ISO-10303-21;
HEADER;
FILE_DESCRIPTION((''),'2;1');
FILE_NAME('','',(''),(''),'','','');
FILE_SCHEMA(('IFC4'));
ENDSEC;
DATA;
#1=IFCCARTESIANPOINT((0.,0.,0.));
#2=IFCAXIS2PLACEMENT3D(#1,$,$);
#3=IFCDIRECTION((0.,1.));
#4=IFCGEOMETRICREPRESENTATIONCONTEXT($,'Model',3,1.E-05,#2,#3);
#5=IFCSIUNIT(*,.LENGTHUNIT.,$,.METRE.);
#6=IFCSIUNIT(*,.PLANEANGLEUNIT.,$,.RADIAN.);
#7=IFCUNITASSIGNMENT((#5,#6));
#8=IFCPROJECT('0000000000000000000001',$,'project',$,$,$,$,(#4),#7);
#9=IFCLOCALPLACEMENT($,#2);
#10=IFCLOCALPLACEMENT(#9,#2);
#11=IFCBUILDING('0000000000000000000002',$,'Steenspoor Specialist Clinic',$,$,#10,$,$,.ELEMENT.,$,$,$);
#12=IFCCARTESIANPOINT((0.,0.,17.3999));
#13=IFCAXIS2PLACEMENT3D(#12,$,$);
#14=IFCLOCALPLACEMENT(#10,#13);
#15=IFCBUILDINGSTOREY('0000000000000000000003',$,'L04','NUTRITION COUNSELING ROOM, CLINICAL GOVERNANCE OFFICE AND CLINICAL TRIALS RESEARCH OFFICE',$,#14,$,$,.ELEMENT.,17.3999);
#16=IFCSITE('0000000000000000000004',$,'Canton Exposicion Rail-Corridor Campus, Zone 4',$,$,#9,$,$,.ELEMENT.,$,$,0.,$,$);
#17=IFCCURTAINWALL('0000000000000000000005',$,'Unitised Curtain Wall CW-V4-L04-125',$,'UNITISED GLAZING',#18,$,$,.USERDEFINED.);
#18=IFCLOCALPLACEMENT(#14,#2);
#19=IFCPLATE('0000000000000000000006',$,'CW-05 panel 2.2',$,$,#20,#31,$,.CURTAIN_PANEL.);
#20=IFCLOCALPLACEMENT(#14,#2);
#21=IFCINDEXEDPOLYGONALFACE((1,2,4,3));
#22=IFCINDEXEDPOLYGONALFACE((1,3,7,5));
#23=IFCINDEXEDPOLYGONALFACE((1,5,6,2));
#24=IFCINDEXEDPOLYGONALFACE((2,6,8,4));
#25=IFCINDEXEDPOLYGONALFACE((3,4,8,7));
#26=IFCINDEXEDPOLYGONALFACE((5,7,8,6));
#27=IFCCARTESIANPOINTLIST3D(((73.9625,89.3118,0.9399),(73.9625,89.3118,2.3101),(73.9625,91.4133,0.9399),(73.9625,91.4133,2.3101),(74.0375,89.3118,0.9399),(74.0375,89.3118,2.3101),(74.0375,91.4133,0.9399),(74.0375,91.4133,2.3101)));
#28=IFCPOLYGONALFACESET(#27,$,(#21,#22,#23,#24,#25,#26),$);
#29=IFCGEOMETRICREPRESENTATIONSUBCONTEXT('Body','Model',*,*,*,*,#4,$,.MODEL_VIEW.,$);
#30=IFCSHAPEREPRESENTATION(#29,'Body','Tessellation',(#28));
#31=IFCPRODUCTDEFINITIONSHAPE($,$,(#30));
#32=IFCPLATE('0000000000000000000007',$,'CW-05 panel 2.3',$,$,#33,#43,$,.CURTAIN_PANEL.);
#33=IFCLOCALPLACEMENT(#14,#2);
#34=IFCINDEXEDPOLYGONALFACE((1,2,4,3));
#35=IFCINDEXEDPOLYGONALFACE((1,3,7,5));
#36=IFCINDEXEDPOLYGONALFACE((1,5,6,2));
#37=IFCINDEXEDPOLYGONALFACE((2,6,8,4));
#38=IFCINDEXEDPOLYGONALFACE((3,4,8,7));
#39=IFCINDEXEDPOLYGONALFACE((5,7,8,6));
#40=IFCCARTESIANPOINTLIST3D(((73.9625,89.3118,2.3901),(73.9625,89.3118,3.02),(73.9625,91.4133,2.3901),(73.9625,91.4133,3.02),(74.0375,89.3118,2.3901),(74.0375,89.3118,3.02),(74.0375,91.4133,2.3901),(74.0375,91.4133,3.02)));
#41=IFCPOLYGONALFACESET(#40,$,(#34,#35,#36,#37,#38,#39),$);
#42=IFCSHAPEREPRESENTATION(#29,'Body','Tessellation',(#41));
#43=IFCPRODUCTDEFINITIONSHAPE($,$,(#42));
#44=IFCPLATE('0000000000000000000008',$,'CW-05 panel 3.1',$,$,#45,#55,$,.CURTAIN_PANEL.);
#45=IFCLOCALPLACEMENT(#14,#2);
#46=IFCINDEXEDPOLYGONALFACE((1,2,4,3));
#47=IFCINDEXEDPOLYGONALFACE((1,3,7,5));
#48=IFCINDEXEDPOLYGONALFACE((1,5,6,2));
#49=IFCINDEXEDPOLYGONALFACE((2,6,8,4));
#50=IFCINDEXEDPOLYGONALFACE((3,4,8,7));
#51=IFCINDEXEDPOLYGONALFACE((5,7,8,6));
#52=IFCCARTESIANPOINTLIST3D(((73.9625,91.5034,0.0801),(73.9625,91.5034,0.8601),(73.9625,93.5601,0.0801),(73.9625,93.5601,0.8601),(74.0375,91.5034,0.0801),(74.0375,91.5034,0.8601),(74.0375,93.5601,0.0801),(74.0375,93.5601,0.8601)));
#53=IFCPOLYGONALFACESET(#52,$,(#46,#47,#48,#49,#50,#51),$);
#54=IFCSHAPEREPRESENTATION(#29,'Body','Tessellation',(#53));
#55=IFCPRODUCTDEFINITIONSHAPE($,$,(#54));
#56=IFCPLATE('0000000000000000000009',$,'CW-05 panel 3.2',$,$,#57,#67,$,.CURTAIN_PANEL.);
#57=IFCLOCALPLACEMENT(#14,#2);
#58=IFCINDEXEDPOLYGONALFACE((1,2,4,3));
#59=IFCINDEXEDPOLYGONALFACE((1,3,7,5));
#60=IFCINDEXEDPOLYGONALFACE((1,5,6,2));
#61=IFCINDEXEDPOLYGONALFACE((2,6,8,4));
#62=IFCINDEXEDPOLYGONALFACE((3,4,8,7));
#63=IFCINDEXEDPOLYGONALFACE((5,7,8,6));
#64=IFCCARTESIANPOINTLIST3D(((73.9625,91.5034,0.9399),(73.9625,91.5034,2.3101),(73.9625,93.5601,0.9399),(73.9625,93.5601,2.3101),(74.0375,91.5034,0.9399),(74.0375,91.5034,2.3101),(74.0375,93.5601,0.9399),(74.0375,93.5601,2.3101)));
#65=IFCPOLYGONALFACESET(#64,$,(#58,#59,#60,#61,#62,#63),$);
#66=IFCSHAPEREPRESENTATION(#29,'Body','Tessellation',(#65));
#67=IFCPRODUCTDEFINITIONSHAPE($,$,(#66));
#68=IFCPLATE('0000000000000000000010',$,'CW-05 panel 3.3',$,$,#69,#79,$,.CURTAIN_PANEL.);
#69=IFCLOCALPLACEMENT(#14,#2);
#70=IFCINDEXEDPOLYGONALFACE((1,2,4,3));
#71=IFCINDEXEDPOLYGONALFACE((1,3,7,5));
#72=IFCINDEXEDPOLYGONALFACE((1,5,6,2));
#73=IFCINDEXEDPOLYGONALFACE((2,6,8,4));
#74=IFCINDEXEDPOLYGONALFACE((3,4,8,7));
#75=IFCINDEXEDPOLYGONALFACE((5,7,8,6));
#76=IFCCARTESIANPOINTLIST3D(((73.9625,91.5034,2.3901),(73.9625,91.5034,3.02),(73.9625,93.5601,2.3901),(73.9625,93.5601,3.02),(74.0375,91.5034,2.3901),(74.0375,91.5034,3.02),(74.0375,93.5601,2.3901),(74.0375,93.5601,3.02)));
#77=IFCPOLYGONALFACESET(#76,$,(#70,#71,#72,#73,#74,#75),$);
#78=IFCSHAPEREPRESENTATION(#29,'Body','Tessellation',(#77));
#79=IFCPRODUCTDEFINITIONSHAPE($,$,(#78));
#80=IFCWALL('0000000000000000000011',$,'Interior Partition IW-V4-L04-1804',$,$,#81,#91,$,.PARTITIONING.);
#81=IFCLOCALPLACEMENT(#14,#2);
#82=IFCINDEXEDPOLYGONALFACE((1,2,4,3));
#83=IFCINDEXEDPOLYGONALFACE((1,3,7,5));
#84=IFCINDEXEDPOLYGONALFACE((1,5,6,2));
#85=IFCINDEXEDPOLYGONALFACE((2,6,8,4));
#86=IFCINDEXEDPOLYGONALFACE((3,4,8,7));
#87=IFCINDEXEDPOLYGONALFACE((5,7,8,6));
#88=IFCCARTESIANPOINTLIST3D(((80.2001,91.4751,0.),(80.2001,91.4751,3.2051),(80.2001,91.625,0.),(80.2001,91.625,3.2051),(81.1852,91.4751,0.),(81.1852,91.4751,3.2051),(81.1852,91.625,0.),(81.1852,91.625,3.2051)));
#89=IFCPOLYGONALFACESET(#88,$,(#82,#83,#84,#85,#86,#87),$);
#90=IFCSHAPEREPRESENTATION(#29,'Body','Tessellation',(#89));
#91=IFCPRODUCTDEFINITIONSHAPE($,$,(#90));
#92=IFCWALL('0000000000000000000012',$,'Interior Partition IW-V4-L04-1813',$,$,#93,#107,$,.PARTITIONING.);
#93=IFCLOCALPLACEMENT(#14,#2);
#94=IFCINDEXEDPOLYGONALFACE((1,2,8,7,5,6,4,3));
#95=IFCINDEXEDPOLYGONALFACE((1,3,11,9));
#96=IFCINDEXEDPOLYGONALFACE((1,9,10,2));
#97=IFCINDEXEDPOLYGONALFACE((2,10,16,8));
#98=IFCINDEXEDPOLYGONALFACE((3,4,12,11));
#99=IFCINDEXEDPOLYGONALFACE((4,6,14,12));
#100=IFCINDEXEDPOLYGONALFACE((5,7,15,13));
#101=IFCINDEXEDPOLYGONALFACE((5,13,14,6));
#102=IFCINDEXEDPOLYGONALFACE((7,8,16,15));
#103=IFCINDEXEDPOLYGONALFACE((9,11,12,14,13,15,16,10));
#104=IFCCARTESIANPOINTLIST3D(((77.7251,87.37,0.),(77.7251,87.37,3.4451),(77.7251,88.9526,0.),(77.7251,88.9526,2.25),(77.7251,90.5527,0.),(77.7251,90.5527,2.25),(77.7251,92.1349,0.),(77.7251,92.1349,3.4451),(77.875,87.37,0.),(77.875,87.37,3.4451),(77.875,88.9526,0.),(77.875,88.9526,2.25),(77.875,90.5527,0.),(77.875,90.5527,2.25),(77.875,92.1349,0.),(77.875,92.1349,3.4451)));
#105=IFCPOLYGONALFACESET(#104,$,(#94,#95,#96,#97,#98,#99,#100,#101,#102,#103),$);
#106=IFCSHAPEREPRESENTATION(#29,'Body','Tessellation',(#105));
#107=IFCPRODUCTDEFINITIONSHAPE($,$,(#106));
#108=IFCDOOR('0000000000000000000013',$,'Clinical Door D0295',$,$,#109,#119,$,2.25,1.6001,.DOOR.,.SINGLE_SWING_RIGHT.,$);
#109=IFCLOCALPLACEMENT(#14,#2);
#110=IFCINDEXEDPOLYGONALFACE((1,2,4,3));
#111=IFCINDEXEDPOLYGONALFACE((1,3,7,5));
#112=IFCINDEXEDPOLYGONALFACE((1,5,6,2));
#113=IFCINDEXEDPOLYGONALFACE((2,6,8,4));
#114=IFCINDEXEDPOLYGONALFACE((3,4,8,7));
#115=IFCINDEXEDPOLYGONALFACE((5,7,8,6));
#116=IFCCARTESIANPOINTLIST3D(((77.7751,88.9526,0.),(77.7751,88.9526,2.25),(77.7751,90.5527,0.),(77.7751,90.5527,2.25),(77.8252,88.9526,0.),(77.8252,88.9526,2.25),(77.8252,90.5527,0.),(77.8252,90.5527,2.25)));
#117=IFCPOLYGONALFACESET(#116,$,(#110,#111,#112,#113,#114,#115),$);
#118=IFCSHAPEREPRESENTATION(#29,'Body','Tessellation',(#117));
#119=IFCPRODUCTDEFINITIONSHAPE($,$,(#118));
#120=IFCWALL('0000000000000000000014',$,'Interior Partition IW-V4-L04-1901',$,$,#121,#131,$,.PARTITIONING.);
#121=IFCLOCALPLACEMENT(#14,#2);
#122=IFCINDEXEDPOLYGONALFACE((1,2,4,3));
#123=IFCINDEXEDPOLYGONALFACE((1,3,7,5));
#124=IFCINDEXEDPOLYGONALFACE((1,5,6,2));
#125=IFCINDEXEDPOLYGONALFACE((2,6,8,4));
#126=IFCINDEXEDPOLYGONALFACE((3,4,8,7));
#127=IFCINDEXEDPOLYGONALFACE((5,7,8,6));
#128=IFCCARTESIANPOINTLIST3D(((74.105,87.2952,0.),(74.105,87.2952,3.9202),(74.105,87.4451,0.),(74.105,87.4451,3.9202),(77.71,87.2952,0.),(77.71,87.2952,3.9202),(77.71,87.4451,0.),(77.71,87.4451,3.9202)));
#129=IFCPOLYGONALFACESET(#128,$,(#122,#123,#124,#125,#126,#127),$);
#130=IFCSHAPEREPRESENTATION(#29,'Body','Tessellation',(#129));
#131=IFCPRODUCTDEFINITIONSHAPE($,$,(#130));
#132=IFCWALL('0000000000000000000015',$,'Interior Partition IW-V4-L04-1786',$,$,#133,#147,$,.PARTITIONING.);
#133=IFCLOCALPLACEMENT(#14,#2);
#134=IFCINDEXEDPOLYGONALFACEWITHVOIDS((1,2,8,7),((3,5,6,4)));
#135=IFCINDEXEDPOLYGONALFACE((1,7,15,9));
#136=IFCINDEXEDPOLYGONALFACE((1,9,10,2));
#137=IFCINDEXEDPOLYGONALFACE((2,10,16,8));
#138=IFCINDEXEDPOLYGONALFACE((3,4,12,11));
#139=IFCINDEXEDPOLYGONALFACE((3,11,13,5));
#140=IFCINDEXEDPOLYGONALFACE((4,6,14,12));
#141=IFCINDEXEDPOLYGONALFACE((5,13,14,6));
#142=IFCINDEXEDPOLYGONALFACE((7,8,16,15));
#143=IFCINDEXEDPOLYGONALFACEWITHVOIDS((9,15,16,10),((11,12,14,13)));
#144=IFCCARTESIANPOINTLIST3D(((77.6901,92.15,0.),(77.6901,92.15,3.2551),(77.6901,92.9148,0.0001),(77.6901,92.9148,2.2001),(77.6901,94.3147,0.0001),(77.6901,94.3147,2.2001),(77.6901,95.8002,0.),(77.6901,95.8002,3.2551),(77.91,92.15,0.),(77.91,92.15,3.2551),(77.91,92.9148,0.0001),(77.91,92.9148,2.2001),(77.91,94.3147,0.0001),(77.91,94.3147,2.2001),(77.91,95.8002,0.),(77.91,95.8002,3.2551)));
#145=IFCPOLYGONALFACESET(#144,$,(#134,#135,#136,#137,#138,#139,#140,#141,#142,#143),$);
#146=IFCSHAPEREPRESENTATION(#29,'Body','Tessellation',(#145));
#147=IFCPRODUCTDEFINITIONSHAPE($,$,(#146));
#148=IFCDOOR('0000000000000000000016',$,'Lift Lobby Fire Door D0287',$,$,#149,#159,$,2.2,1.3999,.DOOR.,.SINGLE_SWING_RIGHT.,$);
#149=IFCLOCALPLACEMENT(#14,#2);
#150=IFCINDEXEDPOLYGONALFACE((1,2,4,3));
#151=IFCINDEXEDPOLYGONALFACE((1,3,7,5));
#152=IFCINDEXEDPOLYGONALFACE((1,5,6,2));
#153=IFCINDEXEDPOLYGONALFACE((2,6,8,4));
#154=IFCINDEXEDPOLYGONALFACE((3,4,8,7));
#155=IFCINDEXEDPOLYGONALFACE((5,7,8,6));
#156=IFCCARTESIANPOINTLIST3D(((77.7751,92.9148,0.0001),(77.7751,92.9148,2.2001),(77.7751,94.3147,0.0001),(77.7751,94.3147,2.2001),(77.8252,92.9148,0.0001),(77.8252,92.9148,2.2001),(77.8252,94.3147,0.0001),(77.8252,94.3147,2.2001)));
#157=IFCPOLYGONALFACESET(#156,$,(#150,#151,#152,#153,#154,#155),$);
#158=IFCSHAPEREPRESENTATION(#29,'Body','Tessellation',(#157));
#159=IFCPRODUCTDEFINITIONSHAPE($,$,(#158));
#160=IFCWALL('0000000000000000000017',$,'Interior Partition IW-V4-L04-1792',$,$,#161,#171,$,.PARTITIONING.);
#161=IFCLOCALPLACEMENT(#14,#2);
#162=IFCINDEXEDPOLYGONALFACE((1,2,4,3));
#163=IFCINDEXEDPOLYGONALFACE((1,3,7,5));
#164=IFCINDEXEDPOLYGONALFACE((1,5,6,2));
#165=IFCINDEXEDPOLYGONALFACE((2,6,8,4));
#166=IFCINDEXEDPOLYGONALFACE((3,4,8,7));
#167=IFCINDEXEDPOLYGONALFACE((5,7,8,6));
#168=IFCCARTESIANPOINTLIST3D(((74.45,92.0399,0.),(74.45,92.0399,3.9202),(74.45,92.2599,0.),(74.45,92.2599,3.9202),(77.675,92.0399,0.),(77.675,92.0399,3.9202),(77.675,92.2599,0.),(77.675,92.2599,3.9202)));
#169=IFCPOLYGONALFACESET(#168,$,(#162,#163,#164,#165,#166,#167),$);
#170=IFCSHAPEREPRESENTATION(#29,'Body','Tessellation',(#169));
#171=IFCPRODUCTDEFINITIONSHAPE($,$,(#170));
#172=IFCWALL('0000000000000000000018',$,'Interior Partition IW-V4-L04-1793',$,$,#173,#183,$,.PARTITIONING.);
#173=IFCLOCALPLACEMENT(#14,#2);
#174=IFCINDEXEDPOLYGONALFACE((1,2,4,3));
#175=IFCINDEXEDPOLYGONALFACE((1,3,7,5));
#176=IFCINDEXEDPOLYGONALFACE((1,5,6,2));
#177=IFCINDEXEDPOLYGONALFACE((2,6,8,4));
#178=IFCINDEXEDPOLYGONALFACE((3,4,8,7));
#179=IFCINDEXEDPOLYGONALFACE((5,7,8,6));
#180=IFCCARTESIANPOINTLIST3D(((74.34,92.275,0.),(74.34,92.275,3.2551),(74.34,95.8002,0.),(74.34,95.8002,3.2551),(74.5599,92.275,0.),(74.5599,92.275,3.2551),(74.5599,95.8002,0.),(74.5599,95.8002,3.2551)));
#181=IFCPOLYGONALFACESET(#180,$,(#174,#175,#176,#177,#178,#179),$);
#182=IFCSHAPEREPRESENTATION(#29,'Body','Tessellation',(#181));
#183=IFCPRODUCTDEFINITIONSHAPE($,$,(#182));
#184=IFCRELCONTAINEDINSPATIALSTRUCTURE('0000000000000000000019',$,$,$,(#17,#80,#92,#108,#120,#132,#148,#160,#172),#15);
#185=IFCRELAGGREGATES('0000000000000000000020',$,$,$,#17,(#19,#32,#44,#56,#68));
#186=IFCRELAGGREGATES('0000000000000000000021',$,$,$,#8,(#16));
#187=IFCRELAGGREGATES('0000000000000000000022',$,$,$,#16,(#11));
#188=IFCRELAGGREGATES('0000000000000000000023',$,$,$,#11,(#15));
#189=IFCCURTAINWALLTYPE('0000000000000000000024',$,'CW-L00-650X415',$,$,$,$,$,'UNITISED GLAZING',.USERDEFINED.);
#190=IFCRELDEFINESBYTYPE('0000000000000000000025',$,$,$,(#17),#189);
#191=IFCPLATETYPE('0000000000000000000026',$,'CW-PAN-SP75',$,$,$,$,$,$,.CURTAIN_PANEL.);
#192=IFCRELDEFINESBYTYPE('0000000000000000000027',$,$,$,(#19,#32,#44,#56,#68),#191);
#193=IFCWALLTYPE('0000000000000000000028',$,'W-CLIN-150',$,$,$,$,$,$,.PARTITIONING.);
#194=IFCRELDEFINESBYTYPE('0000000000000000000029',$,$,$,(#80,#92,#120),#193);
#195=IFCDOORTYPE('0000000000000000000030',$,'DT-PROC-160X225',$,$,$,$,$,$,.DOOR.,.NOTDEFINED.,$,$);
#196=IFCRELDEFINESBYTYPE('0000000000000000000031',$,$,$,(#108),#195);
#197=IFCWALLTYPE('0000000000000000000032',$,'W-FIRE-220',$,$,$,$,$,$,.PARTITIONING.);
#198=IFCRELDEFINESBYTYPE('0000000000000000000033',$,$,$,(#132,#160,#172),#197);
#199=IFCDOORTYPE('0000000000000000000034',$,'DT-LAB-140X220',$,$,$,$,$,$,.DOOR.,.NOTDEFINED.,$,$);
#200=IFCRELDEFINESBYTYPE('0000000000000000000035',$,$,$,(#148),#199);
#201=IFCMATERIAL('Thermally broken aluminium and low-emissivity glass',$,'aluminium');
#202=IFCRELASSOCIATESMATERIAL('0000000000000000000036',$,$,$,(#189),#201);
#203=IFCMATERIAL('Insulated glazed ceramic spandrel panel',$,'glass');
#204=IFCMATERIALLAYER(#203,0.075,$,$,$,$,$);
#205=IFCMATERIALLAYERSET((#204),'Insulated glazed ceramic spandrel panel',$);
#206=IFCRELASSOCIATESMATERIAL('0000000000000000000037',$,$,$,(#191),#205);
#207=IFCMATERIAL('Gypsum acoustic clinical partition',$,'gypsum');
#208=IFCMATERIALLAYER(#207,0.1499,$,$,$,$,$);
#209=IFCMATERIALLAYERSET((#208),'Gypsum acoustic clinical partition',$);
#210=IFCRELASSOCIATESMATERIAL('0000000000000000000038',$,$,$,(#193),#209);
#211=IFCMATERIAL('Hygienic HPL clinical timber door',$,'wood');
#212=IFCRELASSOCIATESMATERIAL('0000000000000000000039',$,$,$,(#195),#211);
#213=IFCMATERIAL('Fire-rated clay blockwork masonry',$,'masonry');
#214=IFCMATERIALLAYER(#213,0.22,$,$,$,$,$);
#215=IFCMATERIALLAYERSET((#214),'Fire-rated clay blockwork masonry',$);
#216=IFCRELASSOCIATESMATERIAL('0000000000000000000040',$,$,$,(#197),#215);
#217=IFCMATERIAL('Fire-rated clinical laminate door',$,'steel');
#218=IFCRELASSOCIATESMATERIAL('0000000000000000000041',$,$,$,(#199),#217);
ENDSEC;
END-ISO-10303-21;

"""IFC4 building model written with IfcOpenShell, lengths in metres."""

from ifc_helpers import new_model, si_unit, direction, frame, frame_2d, origin, origin_2d, place, context, subcontext, project, spatial, rectangle, extrude, material, layer, layer_set, type_object, element, fill, aggregate, save


model = new_model("IFC4")

# Units and contexts
model_context = context("Model", 3, precision=1e-05, world=origin(), true_north=direction((0.0, 1.0)))
body_context = subcontext(model_context, "Body", "Model", "MODEL_VIEW")
ifc_project = project(units=[si_unit("LENGTHUNIT", "METRE"), si_unit("PLANEANGLEUNIT", "RADIAN")], contexts=[model_context])

# Site, building, storey
site_placement = place(None, origin())
site = spatial("IfcSite", under=ifc_project, at=site_placement, Name="Canton Exposicion Rail-Corridor Campus, Zone 4", CompositionType="ELEMENT", RefElevation=0.0)
building_placement = place(site_placement, origin())
building = spatial("IfcBuilding", under=site, at=building_placement, Name="Steenspoor Specialist Clinic", CompositionType="ELEMENT")
storey_placement = place(building_placement, frame((0.0, 0.0, 17.3999)))
storey = spatial("IfcBuildingStorey", under=building, at=storey_placement, Name="L04", Description="NUTRITION COUNSELING ROOM, CLINICAL GOVERNANCE OFFICE AND CLINICAL TRIALS RESEARCH OFFICE", CompositionType="ELEMENT", Elevation=17.3999)

# Curtain wall
ifc_material_1 = material(Name="Thermally broken aluminium and low-emissivity glass", Category="aluminium")
curtain_wall_type = type_object("IfcCurtainWallType", Name="CW-L00-650X415", ElementType="UNITISED GLAZING", PredefinedType="USERDEFINED", material=ifc_material_1)
curtain_wall_placement = place(storey_placement, origin())
curtain_wall = element("IfcCurtainWall", 1, at=curtain_wall_placement, inside=storey, type_object=curtain_wall_type, Name="Unitised Curtain Wall CW-V4-L04-125", ObjectType="UNITISED GLAZING", PredefinedType="USERDEFINED")

# Plates
ifc_material_2 = material(Name="Insulated glazed ceramic spandrel panel", Category="glass")
ifc_layer_1 = layer(ifc_material_2, 0.075)
ifc_layer_set_1 = layer_set([ifc_layer_1], Name="Insulated glazed ceramic spandrel panel")
plate_type = type_object("IfcPlateType", Name="CW-PAN-SP75", PredefinedType="CURTAIN_PANEL", material=ifc_layer_set_1)
plate_1_placement = place(storey_placement, frame((74.0, 90.3625, 0.9399), z_axis=(0.0, 0.0, 1.0), x_axis=(0.0, 1.0, 0.0)))
plate_1 = element("IfcPlate", 2, at=plate_1_placement, type_object=plate_type, Name="CW-05 panel 2.2", PredefinedType="CURTAIN_PANEL", context=body_context, shape_type="SweptSolid", body=[
    extrude(rectangle(XDim=2.1016, YDim=0.075, at=origin_2d()), origin(), (0.0, 0.0, 1.0), 1.3701),
])
plate_2_placement = place(storey_placement, frame((74.0, 90.3625, 2.3901), z_axis=(0.0, 0.0, 1.0), x_axis=(0.0, 1.0, 0.0)))
plate_2 = element("IfcPlate", 3, at=plate_2_placement, type_object=plate_type, Name="CW-05 panel 2.3", PredefinedType="CURTAIN_PANEL", context=body_context, shape_type="SweptSolid", body=[
    extrude(rectangle(XDim=2.1016, YDim=0.075, at=origin_2d()), origin(), (0.0, 0.0, 1.0), 0.6299),
])
plate_3_placement = place(storey_placement, frame((74.0, 92.5317, 0.0801), z_axis=(0.0, 0.0, 1.0), x_axis=(0.0, 1.0, 0.0)))
plate_3 = element("IfcPlate", 4, at=plate_3_placement, type_object=plate_type, Name="CW-05 panel 3.1", PredefinedType="CURTAIN_PANEL", context=body_context, shape_type="SweptSolid", body=[
    extrude(rectangle(XDim=2.0566, YDim=0.075, at=origin_2d()), origin(), (0.0, 0.0, 1.0), 0.78),
])
plate_4_placement = place(storey_placement, frame((74.0, 92.5317, 0.9399), z_axis=(0.0, 0.0, 1.0), x_axis=(0.0, 1.0, 0.0)))
plate_4 = element("IfcPlate", 5, at=plate_4_placement, type_object=plate_type, Name="CW-05 panel 3.2", PredefinedType="CURTAIN_PANEL", context=body_context, shape_type="SweptSolid", body=[
    extrude(rectangle(XDim=2.0566, YDim=0.075, at=origin_2d()), origin(), (0.0, 0.0, 1.0), 1.3701),
])
plate_5_placement = place(storey_placement, frame((74.0, 92.5317, 2.3901), z_axis=(0.0, 0.0, 1.0), x_axis=(0.0, 1.0, 0.0)))
plate_5 = element("IfcPlate", 6, at=plate_5_placement, type_object=plate_type, Name="CW-05 panel 3.3", PredefinedType="CURTAIN_PANEL", context=body_context, shape_type="SweptSolid", body=[
    extrude(rectangle(XDim=2.0566, YDim=0.075, at=origin_2d()), origin(), (0.0, 0.0, 1.0), 0.6299),
])
aggregate(curtain_wall, [plate_1, plate_2, plate_3, plate_4, plate_5])

# Wall
ifc_material_3 = material(Name="Gypsum acoustic clinical partition", Category="gypsum")
ifc_layer_2 = layer(ifc_material_3, 0.1499)
ifc_layer_set_2 = layer_set([ifc_layer_2], Name="Gypsum acoustic clinical partition")
wall_type_1 = type_object("IfcWallType", Name="W-CLIN-150", PredefinedType="PARTITIONING", material=ifc_layer_set_2)
wall_1_placement = place(storey_placement, frame((80.2, 91.55, 0.0), z_axis=(0.0, 0.0, 1.0), x_axis=(1.0, 0.0, 0.0)))
element("IfcWall", 7, at=wall_1_placement, inside=storey, type_object=wall_type_1, Name="Interior Partition IW-V4-L04-1804", PredefinedType="PARTITIONING", context=body_context, shape_type="SweptSolid", body=[
    extrude(rectangle(XDim=0.9851, YDim=0.1499, at=frame_2d((0.4927, 0.0))), origin(), (0.0, 0.0, 1.0), 3.2051),
])

# Wall, opening, door
wall_2_placement = place(storey_placement, frame((77.8, 87.3701, 0.0), z_axis=(0.0, 0.0, 1.0), x_axis=(0.0, 1.0, 0.0)))
wall_2 = element("IfcWall", 8, at=wall_2_placement, inside=storey, type_object=wall_type_1, Name="Interior Partition IW-V4-L04-1813", PredefinedType="PARTITIONING", context=body_context, shape_type="SweptSolid", body=[
    extrude(rectangle(XDim=4.7649, YDim=0.1499, at=frame_2d((2.3823, 0.0))), origin(), (0.0, 0.0, 1.0), 3.4451),
])
opening_1_placement = place(wall_2_placement, frame((1.5825, 0.0, 0.0)))
opening_1 = element("IfcOpeningElement", 9, at=opening_1_placement, cuts=wall_2, PredefinedType="OPENING", context=body_context, shape_type="SweptSolid", body=[
    extrude(rectangle(XDim=1.6001, YDim=2.25, at=frame_2d((0.8, 1.125))), frame((0.0, 0.085, 0.0), z_axis=(0.0, -1.0, 0.0), x_axis=(1.0, 0.0, 0.0)), (0.0, 0.0, 1.0), 0.1699),
])
ifc_material_4 = material(Name="Hygienic HPL clinical timber door", Category="wood")
door_type_1 = type_object("IfcDoorType", Name="DT-PROC-160X225", OperationType="NOTDEFINED", PredefinedType="DOOR", material=ifc_material_4)
door_1_placement = place(opening_1_placement, origin())
door_1 = element("IfcDoor", 10, at=door_1_placement, inside=storey, type_object=door_type_1, Name="Clinical Door D0295", OperationType="SINGLE_SWING_RIGHT", OverallHeight=2.25, OverallWidth=1.6001, PredefinedType="DOOR", context=body_context, shape_type="SweptSolid", body=[
    extrude(rectangle(XDim=1.6001, YDim=2.25, at=frame_2d((0.8, 1.125))), frame((0.0, 0.0249, 0.0), z_axis=(0.0, -1.0, 0.0), x_axis=(1.0, 0.0, 0.0)), (0.0, 0.0, 1.0), 0.05),
])
fill(opening_1, door_1)

# Wall
wall_3_placement = place(storey_placement, frame((74.105, 87.3701, 0.0), z_axis=(0.0, 0.0, 1.0), x_axis=(1.0, 0.0, 0.0)))
element("IfcWall", 11, at=wall_3_placement, inside=storey, type_object=wall_type_1, Name="Interior Partition IW-V4-L04-1901", PredefinedType="PARTITIONING", context=body_context, shape_type="SweptSolid", body=[
    extrude(rectangle(XDim=3.605, YDim=0.1499, at=frame_2d((1.8025, 0.0))), origin(), (0.0, 0.0, 1.0), 3.9202),
])

# Wall, opening, door
ifc_material_5 = material(Name="Fire-rated clay blockwork masonry", Category="masonry")
ifc_layer_3 = layer(ifc_material_5, 0.22)
ifc_layer_set_3 = layer_set([ifc_layer_3], Name="Fire-rated clay blockwork masonry")
wall_type_2 = type_object("IfcWallType", Name="W-FIRE-220", PredefinedType="PARTITIONING", material=ifc_layer_set_3)
wall_4_placement = place(storey_placement, frame((77.8, 92.1499, 0.0), z_axis=(0.0, 0.0, 1.0), x_axis=(0.0, 1.0, 0.0)))
wall_4 = element("IfcWall", 12, at=wall_4_placement, inside=storey, type_object=wall_type_2, Name="Interior Partition IW-V4-L04-1786", PredefinedType="PARTITIONING", context=body_context, shape_type="SweptSolid", body=[
    extrude(rectangle(XDim=3.6501, YDim=0.22, at=frame_2d((1.8252, 0.0))), origin(), (0.0, 0.0, 1.0), 3.2551),
])
opening_2_placement = place(wall_4_placement, frame((0.7649, 0.0, 0.0)))
opening_2 = element("IfcOpeningElement", 13, at=opening_2_placement, cuts=wall_4, PredefinedType="OPENING", context=body_context, shape_type="SweptSolid", body=[
    extrude(rectangle(XDim=1.3999, YDim=2.2, at=frame_2d((0.7, 1.1001))), frame((0.0, 0.1201, 0.0), z_axis=(0.0, -1.0, 0.0), x_axis=(1.0, 0.0, 0.0)), (0.0, 0.0, 1.0), 0.24),
])
ifc_material_6 = material(Name="Fire-rated clinical laminate door", Category="steel")
door_type_2 = type_object("IfcDoorType", Name="DT-LAB-140X220", OperationType="NOTDEFINED", PredefinedType="DOOR", material=ifc_material_6)
door_2_placement = place(opening_2_placement, origin())
door_2 = element("IfcDoor", 14, at=door_2_placement, inside=storey, type_object=door_type_2, Name="Lift Lobby Fire Door D0287", OperationType="SINGLE_SWING_RIGHT", OverallHeight=2.2, OverallWidth=1.3999, PredefinedType="DOOR", context=body_context, shape_type="SweptSolid", body=[
    extrude(rectangle(XDim=1.3999, YDim=2.2, at=frame_2d((0.7, 1.1001))), frame((0.0, 0.0249, 0.0), z_axis=(0.0, -1.0, 0.0), x_axis=(1.0, 0.0, 0.0)), (0.0, 0.0, 1.0), 0.05),
])
fill(opening_2, door_2)

# Walls
wall_5_placement = place(storey_placement, frame((74.45, 92.1499, 0.0), z_axis=(0.0, 0.0, 1.0), x_axis=(1.0, 0.0, 0.0)))
element("IfcWall", 15, at=wall_5_placement, inside=storey, type_object=wall_type_2, Name="Interior Partition IW-V4-L04-1792", PredefinedType="PARTITIONING", context=body_context, shape_type="SweptSolid", body=[
    extrude(rectangle(XDim=3.2251, YDim=0.22, at=frame_2d((1.6125, 0.0))), origin(), (0.0, 0.0, 1.0), 3.9202),
])
wall_6_placement = place(storey_placement, frame((74.45, 92.2749, 0.0), z_axis=(0.0, 0.0, 1.0), x_axis=(0.0, 1.0, 0.0)))
element("IfcWall", 16, at=wall_6_placement, inside=storey, type_object=wall_type_2, Name="Interior Partition IW-V4-L04-1793", PredefinedType="PARTITIONING", context=body_context, shape_type="SweptSolid", body=[
    extrude(rectangle(XDim=3.5251, YDim=0.22, at=frame_2d((1.7627, 0.0))), origin(), (0.0, 0.0, 1.0), 3.2551),
])

save(model, "model.ifc")
